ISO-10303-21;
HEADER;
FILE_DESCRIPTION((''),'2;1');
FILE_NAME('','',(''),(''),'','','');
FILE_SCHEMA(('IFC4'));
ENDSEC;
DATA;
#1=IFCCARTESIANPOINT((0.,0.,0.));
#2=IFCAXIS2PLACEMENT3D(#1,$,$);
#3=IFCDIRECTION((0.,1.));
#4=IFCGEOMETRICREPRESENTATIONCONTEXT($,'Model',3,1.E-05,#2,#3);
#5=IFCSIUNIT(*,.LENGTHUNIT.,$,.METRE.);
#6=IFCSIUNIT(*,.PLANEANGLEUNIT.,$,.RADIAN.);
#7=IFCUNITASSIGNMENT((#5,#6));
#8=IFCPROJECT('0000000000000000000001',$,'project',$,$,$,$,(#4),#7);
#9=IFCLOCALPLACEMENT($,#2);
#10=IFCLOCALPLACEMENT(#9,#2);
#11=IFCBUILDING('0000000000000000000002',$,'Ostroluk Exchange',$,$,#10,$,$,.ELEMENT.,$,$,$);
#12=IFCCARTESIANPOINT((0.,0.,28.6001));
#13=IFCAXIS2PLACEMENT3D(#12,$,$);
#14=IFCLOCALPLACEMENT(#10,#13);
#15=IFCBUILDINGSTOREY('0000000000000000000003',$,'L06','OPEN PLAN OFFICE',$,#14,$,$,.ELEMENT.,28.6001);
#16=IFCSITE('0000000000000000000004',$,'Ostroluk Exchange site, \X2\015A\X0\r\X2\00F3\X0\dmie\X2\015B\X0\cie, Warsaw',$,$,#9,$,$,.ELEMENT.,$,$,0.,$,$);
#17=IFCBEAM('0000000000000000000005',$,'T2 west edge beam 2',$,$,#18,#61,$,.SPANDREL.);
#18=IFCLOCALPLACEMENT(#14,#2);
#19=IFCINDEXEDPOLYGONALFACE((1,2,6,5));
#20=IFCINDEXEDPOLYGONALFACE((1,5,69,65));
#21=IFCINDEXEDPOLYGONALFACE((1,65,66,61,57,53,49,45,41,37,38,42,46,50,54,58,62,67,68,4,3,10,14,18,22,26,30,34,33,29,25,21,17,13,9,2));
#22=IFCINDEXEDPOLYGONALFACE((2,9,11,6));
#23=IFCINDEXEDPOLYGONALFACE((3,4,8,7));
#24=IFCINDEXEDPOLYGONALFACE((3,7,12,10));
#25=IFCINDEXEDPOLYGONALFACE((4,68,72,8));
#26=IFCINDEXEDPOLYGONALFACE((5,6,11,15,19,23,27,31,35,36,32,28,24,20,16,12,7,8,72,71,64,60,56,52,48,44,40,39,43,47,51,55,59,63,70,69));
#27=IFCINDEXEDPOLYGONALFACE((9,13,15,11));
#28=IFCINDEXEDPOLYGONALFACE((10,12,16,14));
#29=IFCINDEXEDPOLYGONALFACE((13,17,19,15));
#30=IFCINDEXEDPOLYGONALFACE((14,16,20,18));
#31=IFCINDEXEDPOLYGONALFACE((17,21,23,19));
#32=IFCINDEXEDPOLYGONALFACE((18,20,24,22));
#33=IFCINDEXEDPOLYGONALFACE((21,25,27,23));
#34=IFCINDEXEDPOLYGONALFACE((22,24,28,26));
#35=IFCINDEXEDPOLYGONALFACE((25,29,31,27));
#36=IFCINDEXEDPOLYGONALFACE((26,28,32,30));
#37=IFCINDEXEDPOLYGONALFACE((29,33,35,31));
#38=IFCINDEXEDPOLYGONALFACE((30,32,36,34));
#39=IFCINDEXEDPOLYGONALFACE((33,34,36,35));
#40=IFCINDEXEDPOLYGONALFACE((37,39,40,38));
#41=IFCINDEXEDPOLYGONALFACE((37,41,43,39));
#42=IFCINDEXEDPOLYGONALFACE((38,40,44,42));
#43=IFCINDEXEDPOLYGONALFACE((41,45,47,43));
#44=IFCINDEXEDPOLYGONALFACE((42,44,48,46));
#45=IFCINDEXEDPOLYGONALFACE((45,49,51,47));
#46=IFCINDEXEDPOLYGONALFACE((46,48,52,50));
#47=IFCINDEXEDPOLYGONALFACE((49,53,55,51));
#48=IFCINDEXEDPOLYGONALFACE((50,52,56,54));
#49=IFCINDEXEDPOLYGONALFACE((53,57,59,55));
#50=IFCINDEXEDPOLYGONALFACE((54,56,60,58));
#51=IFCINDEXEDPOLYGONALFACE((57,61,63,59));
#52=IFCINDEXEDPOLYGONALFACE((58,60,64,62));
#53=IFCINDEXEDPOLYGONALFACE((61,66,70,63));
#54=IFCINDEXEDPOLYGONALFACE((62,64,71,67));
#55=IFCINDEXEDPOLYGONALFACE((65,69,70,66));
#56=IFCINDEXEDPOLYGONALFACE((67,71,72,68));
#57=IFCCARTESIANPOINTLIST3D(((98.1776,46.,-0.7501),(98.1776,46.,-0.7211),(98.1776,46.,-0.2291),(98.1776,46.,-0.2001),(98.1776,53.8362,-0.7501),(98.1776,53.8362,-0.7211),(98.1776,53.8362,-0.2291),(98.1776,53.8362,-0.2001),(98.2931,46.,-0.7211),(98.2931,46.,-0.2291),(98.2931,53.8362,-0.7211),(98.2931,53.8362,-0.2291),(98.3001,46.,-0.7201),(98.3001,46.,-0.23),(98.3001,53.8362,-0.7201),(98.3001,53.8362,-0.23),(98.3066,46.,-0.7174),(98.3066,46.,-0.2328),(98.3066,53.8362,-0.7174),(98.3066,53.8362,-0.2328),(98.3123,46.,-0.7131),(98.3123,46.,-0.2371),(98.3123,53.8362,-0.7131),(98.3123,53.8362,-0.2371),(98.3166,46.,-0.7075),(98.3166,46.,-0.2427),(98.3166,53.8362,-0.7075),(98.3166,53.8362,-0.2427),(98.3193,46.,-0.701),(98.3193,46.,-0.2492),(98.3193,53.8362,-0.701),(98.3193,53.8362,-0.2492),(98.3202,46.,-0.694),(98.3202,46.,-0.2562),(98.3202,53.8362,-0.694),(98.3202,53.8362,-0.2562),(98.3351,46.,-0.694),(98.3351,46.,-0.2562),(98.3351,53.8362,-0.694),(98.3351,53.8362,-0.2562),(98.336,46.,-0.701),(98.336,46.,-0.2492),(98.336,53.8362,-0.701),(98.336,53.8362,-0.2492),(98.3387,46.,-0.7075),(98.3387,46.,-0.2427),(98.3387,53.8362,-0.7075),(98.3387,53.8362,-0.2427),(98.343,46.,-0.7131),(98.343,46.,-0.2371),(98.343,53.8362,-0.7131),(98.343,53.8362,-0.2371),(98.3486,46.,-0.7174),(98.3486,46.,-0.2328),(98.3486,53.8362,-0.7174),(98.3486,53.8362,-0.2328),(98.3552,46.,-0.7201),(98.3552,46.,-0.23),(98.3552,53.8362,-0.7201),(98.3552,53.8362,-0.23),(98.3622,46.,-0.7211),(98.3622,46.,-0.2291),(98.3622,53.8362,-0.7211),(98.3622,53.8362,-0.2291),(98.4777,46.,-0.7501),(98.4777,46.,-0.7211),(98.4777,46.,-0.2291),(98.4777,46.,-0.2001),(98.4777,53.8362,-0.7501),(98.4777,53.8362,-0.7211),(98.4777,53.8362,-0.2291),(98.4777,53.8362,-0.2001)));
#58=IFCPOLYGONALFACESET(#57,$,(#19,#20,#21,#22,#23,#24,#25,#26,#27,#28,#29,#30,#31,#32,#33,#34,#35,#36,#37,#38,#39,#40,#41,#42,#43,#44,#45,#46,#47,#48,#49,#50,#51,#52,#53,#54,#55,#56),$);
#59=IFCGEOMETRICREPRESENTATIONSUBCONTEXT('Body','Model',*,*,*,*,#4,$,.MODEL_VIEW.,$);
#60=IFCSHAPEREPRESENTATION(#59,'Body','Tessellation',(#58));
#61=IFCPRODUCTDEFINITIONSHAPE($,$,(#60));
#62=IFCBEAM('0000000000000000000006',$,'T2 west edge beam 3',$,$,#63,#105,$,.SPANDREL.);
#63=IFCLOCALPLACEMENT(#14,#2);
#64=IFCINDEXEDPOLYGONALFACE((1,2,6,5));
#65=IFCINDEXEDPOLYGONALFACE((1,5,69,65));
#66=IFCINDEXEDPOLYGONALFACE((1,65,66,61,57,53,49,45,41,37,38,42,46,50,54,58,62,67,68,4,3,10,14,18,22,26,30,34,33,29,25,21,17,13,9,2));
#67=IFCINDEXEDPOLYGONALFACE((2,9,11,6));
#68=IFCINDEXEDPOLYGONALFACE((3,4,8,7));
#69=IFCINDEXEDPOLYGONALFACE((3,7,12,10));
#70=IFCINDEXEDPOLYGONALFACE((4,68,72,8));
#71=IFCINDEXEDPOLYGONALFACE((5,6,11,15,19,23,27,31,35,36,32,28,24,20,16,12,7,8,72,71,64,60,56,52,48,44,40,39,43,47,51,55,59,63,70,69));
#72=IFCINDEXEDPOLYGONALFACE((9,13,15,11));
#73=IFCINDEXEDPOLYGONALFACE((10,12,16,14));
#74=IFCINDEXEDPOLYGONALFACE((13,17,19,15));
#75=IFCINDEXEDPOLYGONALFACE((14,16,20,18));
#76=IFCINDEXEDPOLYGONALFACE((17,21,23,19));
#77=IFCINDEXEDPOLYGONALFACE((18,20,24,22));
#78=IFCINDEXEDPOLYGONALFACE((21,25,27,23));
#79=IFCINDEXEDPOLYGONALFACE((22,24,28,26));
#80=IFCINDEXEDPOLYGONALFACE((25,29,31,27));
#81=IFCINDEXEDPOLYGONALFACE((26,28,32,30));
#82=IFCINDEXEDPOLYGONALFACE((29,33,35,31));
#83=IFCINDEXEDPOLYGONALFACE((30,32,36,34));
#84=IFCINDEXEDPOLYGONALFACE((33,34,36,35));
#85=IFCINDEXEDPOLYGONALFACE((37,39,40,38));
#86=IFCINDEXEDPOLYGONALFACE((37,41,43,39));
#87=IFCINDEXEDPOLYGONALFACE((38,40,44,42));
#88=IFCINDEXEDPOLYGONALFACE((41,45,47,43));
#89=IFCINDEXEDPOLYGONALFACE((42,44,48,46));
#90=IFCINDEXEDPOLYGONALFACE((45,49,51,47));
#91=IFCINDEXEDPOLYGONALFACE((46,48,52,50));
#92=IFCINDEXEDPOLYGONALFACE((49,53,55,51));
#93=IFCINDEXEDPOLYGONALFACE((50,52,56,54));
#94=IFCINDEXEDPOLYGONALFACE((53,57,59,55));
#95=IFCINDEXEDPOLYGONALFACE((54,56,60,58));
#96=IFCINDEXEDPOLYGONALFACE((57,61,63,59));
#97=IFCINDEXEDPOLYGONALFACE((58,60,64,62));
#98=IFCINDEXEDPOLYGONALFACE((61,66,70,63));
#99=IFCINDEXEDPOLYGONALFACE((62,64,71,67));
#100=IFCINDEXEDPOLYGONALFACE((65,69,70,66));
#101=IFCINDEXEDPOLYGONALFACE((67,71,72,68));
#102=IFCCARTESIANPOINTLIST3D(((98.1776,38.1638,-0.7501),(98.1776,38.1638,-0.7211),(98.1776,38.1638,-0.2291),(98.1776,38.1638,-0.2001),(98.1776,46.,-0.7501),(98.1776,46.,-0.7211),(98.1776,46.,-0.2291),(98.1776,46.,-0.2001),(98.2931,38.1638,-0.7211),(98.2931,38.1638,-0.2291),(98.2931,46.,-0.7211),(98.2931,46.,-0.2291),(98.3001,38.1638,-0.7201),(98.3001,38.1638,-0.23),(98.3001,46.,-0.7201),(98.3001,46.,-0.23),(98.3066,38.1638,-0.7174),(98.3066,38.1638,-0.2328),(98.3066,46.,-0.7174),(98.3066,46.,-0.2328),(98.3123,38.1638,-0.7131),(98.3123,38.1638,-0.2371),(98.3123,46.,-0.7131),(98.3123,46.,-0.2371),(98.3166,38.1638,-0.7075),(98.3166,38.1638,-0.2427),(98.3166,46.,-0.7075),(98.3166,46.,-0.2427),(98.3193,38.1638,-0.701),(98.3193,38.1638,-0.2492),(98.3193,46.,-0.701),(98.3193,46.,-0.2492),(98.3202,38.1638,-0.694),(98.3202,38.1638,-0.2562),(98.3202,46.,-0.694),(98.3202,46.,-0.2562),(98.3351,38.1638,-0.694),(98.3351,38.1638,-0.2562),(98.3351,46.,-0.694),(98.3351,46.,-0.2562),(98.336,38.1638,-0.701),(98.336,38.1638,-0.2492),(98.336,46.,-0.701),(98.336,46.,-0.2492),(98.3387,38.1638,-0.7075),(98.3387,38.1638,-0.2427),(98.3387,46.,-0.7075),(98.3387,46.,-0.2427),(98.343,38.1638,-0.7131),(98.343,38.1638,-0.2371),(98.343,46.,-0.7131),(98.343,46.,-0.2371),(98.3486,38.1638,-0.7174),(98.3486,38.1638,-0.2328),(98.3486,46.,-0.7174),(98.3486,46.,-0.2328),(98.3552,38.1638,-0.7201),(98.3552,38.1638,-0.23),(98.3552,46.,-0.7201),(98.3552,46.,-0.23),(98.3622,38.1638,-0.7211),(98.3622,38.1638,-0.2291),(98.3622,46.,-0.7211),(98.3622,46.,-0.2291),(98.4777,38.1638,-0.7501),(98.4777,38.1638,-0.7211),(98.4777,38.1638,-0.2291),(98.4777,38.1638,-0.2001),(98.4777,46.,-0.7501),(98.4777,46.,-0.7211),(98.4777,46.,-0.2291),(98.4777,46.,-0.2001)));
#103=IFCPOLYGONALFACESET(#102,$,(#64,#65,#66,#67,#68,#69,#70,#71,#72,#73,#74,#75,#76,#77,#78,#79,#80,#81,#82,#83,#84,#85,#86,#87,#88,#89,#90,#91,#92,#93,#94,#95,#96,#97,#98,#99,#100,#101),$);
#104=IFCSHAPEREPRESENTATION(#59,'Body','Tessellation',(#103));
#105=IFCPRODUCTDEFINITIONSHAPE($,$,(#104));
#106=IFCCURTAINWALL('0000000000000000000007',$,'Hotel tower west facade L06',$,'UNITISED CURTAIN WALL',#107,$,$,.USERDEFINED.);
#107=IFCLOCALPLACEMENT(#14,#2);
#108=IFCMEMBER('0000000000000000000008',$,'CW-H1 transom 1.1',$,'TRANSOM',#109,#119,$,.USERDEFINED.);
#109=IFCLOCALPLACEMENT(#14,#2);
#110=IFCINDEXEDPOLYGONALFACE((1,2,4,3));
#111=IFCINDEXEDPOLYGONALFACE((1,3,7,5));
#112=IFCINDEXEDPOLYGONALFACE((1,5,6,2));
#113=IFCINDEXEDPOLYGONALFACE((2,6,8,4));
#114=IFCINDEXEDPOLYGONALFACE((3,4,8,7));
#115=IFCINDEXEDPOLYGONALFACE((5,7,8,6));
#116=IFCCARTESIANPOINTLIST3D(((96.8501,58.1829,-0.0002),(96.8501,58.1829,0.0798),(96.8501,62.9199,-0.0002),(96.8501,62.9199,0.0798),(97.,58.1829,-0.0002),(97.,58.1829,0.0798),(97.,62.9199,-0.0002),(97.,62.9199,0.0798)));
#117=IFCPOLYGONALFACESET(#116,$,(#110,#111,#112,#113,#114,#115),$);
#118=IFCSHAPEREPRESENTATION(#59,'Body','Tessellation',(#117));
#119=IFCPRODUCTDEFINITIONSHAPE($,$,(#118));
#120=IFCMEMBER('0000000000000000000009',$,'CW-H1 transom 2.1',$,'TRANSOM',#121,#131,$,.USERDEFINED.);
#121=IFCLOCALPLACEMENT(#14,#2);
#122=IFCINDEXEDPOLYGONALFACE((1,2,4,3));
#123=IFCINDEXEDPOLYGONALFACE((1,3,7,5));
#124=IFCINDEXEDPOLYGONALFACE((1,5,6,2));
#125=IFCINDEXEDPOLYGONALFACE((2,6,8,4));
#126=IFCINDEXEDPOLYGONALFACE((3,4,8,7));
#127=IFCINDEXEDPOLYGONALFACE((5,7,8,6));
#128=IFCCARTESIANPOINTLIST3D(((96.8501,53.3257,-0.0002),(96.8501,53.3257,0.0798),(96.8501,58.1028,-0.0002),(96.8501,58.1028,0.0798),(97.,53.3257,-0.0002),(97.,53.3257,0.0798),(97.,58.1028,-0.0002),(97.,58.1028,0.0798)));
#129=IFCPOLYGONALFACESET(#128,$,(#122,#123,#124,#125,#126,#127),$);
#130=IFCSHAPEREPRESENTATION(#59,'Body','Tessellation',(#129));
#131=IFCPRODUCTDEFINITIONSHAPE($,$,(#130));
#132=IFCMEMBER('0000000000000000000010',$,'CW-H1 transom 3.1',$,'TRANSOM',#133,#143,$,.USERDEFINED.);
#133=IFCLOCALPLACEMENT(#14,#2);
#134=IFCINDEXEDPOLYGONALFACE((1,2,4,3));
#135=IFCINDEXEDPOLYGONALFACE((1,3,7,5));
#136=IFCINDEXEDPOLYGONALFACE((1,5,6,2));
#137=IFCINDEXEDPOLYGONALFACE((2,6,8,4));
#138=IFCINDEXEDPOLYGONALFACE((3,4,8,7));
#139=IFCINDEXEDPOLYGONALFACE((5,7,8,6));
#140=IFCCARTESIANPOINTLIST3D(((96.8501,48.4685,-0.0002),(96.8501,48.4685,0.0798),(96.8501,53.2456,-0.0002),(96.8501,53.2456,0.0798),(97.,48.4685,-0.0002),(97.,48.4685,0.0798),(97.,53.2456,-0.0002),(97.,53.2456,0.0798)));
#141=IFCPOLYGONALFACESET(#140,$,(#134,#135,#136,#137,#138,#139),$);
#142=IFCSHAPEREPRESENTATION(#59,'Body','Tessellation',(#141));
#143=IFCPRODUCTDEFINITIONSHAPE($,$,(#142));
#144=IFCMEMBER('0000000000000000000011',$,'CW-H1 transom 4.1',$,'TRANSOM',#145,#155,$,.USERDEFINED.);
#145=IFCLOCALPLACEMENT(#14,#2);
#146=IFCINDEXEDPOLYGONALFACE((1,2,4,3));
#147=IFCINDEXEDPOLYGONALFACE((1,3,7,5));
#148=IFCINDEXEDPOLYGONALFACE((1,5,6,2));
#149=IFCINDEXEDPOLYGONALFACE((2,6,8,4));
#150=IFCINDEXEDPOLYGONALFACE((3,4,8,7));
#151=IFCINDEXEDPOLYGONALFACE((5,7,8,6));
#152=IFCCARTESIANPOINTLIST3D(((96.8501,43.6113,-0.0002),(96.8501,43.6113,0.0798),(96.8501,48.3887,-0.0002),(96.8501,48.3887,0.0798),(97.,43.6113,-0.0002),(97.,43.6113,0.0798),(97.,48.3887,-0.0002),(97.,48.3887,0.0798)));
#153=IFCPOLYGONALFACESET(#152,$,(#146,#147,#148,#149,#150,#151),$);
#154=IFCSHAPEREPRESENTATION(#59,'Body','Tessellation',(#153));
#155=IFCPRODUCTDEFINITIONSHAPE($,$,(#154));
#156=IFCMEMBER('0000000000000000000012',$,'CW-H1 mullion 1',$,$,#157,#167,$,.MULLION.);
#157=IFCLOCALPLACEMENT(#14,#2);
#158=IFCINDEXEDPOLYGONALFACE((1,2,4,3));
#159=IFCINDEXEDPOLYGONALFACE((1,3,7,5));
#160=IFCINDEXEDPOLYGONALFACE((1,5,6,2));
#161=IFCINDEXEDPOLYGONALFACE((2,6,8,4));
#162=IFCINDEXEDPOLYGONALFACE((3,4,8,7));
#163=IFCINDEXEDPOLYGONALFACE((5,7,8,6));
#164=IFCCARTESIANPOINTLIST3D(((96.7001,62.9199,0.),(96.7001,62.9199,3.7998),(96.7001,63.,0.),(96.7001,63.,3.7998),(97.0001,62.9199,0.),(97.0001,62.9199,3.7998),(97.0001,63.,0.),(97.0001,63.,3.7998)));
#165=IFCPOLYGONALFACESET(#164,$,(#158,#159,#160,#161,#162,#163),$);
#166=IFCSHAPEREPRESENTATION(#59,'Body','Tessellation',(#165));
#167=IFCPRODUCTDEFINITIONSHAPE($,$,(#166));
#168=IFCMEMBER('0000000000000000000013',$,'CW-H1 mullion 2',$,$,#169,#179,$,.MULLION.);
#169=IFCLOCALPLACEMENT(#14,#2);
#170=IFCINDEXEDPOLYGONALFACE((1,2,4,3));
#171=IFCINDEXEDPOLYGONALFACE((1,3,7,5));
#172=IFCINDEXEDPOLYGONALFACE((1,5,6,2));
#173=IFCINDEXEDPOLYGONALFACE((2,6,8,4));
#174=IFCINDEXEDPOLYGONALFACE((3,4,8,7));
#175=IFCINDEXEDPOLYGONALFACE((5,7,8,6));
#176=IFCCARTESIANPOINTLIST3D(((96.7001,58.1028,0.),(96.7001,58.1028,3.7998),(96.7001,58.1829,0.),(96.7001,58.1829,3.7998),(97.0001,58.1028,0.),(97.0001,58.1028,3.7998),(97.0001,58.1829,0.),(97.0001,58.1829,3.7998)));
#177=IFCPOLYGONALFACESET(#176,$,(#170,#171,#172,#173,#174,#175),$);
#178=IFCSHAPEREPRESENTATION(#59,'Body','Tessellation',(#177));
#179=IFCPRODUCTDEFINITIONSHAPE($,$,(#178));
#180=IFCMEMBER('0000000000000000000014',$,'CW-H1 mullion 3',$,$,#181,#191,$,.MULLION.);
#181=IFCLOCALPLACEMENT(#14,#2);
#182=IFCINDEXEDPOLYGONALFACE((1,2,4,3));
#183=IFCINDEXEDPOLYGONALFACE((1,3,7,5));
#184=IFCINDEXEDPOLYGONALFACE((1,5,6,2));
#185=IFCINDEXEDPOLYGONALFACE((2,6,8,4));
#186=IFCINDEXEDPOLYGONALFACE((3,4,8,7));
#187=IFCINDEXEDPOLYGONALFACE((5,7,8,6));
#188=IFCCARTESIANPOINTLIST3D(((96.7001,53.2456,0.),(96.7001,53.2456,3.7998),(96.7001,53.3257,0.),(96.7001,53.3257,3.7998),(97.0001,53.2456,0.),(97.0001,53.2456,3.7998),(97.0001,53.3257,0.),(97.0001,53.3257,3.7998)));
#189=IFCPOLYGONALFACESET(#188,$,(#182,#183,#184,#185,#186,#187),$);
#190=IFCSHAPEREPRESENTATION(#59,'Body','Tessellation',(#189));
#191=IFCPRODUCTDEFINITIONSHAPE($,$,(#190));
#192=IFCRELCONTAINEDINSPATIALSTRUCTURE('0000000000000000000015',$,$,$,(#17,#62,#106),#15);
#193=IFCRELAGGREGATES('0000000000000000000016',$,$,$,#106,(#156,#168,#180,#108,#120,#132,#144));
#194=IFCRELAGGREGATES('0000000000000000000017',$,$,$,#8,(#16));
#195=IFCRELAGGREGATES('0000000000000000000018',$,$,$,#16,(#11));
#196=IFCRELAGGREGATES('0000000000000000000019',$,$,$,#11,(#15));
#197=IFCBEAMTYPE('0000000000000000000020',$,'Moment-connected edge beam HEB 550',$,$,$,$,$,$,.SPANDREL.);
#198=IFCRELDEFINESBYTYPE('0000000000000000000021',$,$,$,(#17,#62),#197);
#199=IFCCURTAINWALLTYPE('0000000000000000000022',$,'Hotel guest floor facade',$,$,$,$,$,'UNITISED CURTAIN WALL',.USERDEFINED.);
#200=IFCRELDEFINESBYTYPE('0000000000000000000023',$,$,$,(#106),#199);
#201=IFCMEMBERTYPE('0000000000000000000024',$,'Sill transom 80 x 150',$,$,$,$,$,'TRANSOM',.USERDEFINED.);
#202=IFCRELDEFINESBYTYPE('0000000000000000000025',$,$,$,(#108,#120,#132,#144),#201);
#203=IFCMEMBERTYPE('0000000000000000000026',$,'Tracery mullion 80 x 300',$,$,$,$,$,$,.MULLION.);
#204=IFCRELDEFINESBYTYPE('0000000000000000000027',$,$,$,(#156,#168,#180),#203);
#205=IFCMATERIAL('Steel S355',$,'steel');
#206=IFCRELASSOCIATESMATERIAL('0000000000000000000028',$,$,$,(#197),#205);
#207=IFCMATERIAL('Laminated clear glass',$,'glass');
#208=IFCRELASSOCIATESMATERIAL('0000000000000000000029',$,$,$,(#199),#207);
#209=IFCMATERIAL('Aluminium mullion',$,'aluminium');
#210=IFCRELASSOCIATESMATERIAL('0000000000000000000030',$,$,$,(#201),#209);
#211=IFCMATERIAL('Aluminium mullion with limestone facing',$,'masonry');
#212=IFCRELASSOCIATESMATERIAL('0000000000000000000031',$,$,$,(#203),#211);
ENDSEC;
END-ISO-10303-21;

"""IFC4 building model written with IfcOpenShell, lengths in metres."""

from ifc_helpers import new_model, si_unit, direction, frame, origin, origin_2d, place, context, subcontext, project, spatial, rectangle, i_section, extrude, material, material_profile, profile_set, type_object, element, aggregate, save


model = new_model("IFC4")

# Units and contexts
model_context = context("Model", 3, precision=1e-05, world=origin(), true_north=direction((0.0, 1.0)))
body_context = subcontext(model_context, "Body", "Model", "MODEL_VIEW")
ifc_project = project(units=[si_unit("LENGTHUNIT", "METRE"), si_unit("PLANEANGLEUNIT", "RADIAN")], contexts=[model_context])

# Site, building, storey
site_placement = place(None, origin())
site = spatial("IfcSite", under=ifc_project, at=site_placement, Name="Ostroluk Exchange site, Śródmieście, Warsaw", CompositionType="ELEMENT", RefElevation=0.0)
building_placement = place(site_placement, origin())
building = spatial("IfcBuilding", under=site, at=building_placement, Name="Ostroluk Exchange", CompositionType="ELEMENT")
storey_placement = place(building_placement, frame((0.0, 0.0, 28.6001)))
storey = spatial("IfcBuildingStorey", under=building, at=storey_placement, Name="L06", Description="OPEN PLAN OFFICE", CompositionType="ELEMENT", Elevation=28.6001)

# Beams
ifc_material_1 = material(Name="Steel S355", Category="steel")
ifc_material_profile_1 = material_profile(ifc_material_1, i_section(OverallWidth=0.3, OverallDepth=0.55, WebThickness=0.0149, FlangeThickness=0.0291, FilletRadius=0.0271, at=origin_2d()), Name="HEB 550")
ifc_profile_set_1 = profile_set([ifc_material_profile_1], Name="Steel S355")
beam_type = type_object("IfcBeamType", Name="Moment-connected edge beam HEB 550", PredefinedType="SPANDREL", material=ifc_profile_set_1)
for number, where, z_axis, x_axis, name in (
    (1, (98.3276, 53.8362, -0.4751), (0.0, -1.0, 0.0), (1.0, 0.0, 0.0), "T2 west edge beam 2"),
    (2, (98.3276, 46.0, -0.4751), (0.0, -1.0, 0.0), (1.0, 0.0, 0.0), "T2 west edge beam 3"),
):
    element("IfcBeam", number, at=place(storey_placement, frame(where, z_axis=z_axis, x_axis=x_axis)), inside=storey, type_object=beam_type, Name=name, PredefinedType="SPANDREL", context=body_context, shape_type="SweptSolid", body=[
        extrude(i_section(OverallWidth=0.3, OverallDepth=0.55, WebThickness=0.0149, FlangeThickness=0.0291, FilletRadius=0.0271, at=origin_2d()), origin(), (0.0, 0.0, 1.0), 7.8362),
    ])

# Curtain wall, members
ifc_material_2 = material(Name="Laminated clear glass", Category="glass")
curtain_wall_type_1 = type_object("IfcCurtainWallType", Name="Hotel guest floor facade", ElementType="UNITISED CURTAIN WALL", PredefinedType="USERDEFINED", material=ifc_material_2)
curtain_wall_1_placement = place(storey_placement, origin())
curtain_wall_1 = element("IfcCurtainWall", 3, at=curtain_wall_1_placement, inside=storey, type_object=curtain_wall_type_1, Name="Hotel tower west facade L06", ObjectType="UNITISED CURTAIN WALL", PredefinedType="USERDEFINED")
ifc_material_3 = material(Name="Aluminium mullion", Category="aluminium")
ifc_material_profile_2 = material_profile(ifc_material_3, rectangle(XDim=0.1499, YDim=0.0801, at=origin_2d()), Name="Sill transom 80 x 150")
ifc_profile_set_2 = profile_set([ifc_material_profile_2], Name="Aluminium mullion")
member_type_1 = type_object("IfcMemberType", Name="Sill transom 80 x 150", ElementType="TRANSOM", PredefinedType="USERDEFINED", material=ifc_profile_set_2)
member_1_placement = place(storey_placement, frame((96.925, 62.9199, 0.0398), z_axis=(0.0, -1.0, 0.0), x_axis=(1.0, 0.0, 0.0)))
member_1 = element("IfcMember", 4, at=member_1_placement, type_object=member_type_1, Name="CW-H1 transom 1.1", ObjectType="TRANSOM", PredefinedType="USERDEFINED", context=body_context, shape_type="SweptSolid", body=[
    extrude(rectangle(XDim=0.1499, YDim=0.0801, at=origin_2d()), origin(), (0.0, 0.0, 1.0), 4.7371),
])
member_2_placement = place(storey_placement, frame((96.925, 58.1028, 0.0398), z_axis=(0.0, -1.0, 0.0), x_axis=(1.0, 0.0, 0.0)))
member_2 = element("IfcMember", 5, at=member_2_placement, type_object=member_type_1, Name="CW-H1 transom 2.1", ObjectType="TRANSOM", PredefinedType="USERDEFINED", context=body_context, shape_type="SweptSolid", body=[
    extrude(rectangle(XDim=0.1499, YDim=0.0801, at=origin_2d()), origin(), (0.0, 0.0, 1.0), 4.7771),
])
member_3_placement = place(storey_placement, frame((96.925, 53.2456, 0.0398), z_axis=(0.0, -1.0, 0.0), x_axis=(1.0, 0.0, 0.0)))
member_3 = element("IfcMember", 6, at=member_3_placement, type_object=member_type_1, Name="CW-H1 transom 3.1", ObjectType="TRANSOM", PredefinedType="USERDEFINED", context=body_context, shape_type="SweptSolid", body=[
    extrude(rectangle(XDim=0.1499, YDim=0.0801, at=origin_2d()), origin(), (0.0, 0.0, 1.0), 4.7771),
])
member_4_placement = place(storey_placement, frame((96.925, 48.3887, 0.0398), z_axis=(0.0, -1.0, 0.0), x_axis=(1.0, 0.0, 0.0)))
member_4 = element("IfcMember", 7, at=member_4_placement, type_object=member_type_1, Name="CW-H1 transom 4.1", ObjectType="TRANSOM", PredefinedType="USERDEFINED", context=body_context, shape_type="SweptSolid", body=[
    extrude(rectangle(XDim=0.1499, YDim=0.0801, at=origin_2d()), origin(), (0.0, 0.0, 1.0), 4.7773),
])
ifc_material_4 = material(Name="Aluminium mullion with limestone facing", Category="masonry")
ifc_material_profile_3 = material_profile(ifc_material_4, rectangle(XDim=0.3, YDim=0.0801, at=origin_2d()), Name="Tracery mullion 80 x 300")
ifc_profile_set_3 = profile_set([ifc_material_profile_3], Name="Aluminium mullion with limestone facing")
member_type_2 = type_object("IfcMemberType", Name="Tracery mullion 80 x 300", PredefinedType="MULLION", material=ifc_profile_set_3)
member_5_placement = place(storey_placement, frame((96.8501, 62.96, 0.0), z_axis=(0.0, 0.0, 1.0), x_axis=(1.0, 0.0, 0.0)))
member_5 = element("IfcMember", 8, at=member_5_placement, type_object=member_type_2, Name="CW-H1 mullion 1", PredefinedType="MULLION", context=body_context, shape_type="SweptSolid", body=[
    extrude(rectangle(XDim=0.3, YDim=0.0801, at=origin_2d()), origin(), (0.0, 0.0, 1.0), 3.7998),
])
member_6_placement = place(storey_placement, frame((96.8501, 58.1428, 0.0), z_axis=(0.0, 0.0, 1.0), x_axis=(1.0, 0.0, 0.0)))
member_6 = element("IfcMember", 9, at=member_6_placement, type_object=member_type_2, Name="CW-H1 mullion 2", PredefinedType="MULLION", context=body_context, shape_type="SweptSolid", body=[
    extrude(rectangle(XDim=0.3, YDim=0.0801, at=origin_2d()), origin(), (0.0, 0.0, 1.0), 3.7998),
])
member_7_placement = place(storey_placement, frame((96.8501, 53.2856, 0.0), z_axis=(0.0, 0.0, 1.0), x_axis=(1.0, 0.0, 0.0)))
member_7 = element("IfcMember", 10, at=member_7_placement, type_object=member_type_2, Name="CW-H1 mullion 3", PredefinedType="MULLION", context=body_context, shape_type="SweptSolid", body=[
    extrude(rectangle(XDim=0.3, YDim=0.0801, at=origin_2d()), origin(), (0.0, 0.0, 1.0), 3.7998),
])

aggregate(curtain_wall_1, [member_5, member_6, member_7, member_1, member_2, member_3, member_4])

save(model, "model.ifc")
